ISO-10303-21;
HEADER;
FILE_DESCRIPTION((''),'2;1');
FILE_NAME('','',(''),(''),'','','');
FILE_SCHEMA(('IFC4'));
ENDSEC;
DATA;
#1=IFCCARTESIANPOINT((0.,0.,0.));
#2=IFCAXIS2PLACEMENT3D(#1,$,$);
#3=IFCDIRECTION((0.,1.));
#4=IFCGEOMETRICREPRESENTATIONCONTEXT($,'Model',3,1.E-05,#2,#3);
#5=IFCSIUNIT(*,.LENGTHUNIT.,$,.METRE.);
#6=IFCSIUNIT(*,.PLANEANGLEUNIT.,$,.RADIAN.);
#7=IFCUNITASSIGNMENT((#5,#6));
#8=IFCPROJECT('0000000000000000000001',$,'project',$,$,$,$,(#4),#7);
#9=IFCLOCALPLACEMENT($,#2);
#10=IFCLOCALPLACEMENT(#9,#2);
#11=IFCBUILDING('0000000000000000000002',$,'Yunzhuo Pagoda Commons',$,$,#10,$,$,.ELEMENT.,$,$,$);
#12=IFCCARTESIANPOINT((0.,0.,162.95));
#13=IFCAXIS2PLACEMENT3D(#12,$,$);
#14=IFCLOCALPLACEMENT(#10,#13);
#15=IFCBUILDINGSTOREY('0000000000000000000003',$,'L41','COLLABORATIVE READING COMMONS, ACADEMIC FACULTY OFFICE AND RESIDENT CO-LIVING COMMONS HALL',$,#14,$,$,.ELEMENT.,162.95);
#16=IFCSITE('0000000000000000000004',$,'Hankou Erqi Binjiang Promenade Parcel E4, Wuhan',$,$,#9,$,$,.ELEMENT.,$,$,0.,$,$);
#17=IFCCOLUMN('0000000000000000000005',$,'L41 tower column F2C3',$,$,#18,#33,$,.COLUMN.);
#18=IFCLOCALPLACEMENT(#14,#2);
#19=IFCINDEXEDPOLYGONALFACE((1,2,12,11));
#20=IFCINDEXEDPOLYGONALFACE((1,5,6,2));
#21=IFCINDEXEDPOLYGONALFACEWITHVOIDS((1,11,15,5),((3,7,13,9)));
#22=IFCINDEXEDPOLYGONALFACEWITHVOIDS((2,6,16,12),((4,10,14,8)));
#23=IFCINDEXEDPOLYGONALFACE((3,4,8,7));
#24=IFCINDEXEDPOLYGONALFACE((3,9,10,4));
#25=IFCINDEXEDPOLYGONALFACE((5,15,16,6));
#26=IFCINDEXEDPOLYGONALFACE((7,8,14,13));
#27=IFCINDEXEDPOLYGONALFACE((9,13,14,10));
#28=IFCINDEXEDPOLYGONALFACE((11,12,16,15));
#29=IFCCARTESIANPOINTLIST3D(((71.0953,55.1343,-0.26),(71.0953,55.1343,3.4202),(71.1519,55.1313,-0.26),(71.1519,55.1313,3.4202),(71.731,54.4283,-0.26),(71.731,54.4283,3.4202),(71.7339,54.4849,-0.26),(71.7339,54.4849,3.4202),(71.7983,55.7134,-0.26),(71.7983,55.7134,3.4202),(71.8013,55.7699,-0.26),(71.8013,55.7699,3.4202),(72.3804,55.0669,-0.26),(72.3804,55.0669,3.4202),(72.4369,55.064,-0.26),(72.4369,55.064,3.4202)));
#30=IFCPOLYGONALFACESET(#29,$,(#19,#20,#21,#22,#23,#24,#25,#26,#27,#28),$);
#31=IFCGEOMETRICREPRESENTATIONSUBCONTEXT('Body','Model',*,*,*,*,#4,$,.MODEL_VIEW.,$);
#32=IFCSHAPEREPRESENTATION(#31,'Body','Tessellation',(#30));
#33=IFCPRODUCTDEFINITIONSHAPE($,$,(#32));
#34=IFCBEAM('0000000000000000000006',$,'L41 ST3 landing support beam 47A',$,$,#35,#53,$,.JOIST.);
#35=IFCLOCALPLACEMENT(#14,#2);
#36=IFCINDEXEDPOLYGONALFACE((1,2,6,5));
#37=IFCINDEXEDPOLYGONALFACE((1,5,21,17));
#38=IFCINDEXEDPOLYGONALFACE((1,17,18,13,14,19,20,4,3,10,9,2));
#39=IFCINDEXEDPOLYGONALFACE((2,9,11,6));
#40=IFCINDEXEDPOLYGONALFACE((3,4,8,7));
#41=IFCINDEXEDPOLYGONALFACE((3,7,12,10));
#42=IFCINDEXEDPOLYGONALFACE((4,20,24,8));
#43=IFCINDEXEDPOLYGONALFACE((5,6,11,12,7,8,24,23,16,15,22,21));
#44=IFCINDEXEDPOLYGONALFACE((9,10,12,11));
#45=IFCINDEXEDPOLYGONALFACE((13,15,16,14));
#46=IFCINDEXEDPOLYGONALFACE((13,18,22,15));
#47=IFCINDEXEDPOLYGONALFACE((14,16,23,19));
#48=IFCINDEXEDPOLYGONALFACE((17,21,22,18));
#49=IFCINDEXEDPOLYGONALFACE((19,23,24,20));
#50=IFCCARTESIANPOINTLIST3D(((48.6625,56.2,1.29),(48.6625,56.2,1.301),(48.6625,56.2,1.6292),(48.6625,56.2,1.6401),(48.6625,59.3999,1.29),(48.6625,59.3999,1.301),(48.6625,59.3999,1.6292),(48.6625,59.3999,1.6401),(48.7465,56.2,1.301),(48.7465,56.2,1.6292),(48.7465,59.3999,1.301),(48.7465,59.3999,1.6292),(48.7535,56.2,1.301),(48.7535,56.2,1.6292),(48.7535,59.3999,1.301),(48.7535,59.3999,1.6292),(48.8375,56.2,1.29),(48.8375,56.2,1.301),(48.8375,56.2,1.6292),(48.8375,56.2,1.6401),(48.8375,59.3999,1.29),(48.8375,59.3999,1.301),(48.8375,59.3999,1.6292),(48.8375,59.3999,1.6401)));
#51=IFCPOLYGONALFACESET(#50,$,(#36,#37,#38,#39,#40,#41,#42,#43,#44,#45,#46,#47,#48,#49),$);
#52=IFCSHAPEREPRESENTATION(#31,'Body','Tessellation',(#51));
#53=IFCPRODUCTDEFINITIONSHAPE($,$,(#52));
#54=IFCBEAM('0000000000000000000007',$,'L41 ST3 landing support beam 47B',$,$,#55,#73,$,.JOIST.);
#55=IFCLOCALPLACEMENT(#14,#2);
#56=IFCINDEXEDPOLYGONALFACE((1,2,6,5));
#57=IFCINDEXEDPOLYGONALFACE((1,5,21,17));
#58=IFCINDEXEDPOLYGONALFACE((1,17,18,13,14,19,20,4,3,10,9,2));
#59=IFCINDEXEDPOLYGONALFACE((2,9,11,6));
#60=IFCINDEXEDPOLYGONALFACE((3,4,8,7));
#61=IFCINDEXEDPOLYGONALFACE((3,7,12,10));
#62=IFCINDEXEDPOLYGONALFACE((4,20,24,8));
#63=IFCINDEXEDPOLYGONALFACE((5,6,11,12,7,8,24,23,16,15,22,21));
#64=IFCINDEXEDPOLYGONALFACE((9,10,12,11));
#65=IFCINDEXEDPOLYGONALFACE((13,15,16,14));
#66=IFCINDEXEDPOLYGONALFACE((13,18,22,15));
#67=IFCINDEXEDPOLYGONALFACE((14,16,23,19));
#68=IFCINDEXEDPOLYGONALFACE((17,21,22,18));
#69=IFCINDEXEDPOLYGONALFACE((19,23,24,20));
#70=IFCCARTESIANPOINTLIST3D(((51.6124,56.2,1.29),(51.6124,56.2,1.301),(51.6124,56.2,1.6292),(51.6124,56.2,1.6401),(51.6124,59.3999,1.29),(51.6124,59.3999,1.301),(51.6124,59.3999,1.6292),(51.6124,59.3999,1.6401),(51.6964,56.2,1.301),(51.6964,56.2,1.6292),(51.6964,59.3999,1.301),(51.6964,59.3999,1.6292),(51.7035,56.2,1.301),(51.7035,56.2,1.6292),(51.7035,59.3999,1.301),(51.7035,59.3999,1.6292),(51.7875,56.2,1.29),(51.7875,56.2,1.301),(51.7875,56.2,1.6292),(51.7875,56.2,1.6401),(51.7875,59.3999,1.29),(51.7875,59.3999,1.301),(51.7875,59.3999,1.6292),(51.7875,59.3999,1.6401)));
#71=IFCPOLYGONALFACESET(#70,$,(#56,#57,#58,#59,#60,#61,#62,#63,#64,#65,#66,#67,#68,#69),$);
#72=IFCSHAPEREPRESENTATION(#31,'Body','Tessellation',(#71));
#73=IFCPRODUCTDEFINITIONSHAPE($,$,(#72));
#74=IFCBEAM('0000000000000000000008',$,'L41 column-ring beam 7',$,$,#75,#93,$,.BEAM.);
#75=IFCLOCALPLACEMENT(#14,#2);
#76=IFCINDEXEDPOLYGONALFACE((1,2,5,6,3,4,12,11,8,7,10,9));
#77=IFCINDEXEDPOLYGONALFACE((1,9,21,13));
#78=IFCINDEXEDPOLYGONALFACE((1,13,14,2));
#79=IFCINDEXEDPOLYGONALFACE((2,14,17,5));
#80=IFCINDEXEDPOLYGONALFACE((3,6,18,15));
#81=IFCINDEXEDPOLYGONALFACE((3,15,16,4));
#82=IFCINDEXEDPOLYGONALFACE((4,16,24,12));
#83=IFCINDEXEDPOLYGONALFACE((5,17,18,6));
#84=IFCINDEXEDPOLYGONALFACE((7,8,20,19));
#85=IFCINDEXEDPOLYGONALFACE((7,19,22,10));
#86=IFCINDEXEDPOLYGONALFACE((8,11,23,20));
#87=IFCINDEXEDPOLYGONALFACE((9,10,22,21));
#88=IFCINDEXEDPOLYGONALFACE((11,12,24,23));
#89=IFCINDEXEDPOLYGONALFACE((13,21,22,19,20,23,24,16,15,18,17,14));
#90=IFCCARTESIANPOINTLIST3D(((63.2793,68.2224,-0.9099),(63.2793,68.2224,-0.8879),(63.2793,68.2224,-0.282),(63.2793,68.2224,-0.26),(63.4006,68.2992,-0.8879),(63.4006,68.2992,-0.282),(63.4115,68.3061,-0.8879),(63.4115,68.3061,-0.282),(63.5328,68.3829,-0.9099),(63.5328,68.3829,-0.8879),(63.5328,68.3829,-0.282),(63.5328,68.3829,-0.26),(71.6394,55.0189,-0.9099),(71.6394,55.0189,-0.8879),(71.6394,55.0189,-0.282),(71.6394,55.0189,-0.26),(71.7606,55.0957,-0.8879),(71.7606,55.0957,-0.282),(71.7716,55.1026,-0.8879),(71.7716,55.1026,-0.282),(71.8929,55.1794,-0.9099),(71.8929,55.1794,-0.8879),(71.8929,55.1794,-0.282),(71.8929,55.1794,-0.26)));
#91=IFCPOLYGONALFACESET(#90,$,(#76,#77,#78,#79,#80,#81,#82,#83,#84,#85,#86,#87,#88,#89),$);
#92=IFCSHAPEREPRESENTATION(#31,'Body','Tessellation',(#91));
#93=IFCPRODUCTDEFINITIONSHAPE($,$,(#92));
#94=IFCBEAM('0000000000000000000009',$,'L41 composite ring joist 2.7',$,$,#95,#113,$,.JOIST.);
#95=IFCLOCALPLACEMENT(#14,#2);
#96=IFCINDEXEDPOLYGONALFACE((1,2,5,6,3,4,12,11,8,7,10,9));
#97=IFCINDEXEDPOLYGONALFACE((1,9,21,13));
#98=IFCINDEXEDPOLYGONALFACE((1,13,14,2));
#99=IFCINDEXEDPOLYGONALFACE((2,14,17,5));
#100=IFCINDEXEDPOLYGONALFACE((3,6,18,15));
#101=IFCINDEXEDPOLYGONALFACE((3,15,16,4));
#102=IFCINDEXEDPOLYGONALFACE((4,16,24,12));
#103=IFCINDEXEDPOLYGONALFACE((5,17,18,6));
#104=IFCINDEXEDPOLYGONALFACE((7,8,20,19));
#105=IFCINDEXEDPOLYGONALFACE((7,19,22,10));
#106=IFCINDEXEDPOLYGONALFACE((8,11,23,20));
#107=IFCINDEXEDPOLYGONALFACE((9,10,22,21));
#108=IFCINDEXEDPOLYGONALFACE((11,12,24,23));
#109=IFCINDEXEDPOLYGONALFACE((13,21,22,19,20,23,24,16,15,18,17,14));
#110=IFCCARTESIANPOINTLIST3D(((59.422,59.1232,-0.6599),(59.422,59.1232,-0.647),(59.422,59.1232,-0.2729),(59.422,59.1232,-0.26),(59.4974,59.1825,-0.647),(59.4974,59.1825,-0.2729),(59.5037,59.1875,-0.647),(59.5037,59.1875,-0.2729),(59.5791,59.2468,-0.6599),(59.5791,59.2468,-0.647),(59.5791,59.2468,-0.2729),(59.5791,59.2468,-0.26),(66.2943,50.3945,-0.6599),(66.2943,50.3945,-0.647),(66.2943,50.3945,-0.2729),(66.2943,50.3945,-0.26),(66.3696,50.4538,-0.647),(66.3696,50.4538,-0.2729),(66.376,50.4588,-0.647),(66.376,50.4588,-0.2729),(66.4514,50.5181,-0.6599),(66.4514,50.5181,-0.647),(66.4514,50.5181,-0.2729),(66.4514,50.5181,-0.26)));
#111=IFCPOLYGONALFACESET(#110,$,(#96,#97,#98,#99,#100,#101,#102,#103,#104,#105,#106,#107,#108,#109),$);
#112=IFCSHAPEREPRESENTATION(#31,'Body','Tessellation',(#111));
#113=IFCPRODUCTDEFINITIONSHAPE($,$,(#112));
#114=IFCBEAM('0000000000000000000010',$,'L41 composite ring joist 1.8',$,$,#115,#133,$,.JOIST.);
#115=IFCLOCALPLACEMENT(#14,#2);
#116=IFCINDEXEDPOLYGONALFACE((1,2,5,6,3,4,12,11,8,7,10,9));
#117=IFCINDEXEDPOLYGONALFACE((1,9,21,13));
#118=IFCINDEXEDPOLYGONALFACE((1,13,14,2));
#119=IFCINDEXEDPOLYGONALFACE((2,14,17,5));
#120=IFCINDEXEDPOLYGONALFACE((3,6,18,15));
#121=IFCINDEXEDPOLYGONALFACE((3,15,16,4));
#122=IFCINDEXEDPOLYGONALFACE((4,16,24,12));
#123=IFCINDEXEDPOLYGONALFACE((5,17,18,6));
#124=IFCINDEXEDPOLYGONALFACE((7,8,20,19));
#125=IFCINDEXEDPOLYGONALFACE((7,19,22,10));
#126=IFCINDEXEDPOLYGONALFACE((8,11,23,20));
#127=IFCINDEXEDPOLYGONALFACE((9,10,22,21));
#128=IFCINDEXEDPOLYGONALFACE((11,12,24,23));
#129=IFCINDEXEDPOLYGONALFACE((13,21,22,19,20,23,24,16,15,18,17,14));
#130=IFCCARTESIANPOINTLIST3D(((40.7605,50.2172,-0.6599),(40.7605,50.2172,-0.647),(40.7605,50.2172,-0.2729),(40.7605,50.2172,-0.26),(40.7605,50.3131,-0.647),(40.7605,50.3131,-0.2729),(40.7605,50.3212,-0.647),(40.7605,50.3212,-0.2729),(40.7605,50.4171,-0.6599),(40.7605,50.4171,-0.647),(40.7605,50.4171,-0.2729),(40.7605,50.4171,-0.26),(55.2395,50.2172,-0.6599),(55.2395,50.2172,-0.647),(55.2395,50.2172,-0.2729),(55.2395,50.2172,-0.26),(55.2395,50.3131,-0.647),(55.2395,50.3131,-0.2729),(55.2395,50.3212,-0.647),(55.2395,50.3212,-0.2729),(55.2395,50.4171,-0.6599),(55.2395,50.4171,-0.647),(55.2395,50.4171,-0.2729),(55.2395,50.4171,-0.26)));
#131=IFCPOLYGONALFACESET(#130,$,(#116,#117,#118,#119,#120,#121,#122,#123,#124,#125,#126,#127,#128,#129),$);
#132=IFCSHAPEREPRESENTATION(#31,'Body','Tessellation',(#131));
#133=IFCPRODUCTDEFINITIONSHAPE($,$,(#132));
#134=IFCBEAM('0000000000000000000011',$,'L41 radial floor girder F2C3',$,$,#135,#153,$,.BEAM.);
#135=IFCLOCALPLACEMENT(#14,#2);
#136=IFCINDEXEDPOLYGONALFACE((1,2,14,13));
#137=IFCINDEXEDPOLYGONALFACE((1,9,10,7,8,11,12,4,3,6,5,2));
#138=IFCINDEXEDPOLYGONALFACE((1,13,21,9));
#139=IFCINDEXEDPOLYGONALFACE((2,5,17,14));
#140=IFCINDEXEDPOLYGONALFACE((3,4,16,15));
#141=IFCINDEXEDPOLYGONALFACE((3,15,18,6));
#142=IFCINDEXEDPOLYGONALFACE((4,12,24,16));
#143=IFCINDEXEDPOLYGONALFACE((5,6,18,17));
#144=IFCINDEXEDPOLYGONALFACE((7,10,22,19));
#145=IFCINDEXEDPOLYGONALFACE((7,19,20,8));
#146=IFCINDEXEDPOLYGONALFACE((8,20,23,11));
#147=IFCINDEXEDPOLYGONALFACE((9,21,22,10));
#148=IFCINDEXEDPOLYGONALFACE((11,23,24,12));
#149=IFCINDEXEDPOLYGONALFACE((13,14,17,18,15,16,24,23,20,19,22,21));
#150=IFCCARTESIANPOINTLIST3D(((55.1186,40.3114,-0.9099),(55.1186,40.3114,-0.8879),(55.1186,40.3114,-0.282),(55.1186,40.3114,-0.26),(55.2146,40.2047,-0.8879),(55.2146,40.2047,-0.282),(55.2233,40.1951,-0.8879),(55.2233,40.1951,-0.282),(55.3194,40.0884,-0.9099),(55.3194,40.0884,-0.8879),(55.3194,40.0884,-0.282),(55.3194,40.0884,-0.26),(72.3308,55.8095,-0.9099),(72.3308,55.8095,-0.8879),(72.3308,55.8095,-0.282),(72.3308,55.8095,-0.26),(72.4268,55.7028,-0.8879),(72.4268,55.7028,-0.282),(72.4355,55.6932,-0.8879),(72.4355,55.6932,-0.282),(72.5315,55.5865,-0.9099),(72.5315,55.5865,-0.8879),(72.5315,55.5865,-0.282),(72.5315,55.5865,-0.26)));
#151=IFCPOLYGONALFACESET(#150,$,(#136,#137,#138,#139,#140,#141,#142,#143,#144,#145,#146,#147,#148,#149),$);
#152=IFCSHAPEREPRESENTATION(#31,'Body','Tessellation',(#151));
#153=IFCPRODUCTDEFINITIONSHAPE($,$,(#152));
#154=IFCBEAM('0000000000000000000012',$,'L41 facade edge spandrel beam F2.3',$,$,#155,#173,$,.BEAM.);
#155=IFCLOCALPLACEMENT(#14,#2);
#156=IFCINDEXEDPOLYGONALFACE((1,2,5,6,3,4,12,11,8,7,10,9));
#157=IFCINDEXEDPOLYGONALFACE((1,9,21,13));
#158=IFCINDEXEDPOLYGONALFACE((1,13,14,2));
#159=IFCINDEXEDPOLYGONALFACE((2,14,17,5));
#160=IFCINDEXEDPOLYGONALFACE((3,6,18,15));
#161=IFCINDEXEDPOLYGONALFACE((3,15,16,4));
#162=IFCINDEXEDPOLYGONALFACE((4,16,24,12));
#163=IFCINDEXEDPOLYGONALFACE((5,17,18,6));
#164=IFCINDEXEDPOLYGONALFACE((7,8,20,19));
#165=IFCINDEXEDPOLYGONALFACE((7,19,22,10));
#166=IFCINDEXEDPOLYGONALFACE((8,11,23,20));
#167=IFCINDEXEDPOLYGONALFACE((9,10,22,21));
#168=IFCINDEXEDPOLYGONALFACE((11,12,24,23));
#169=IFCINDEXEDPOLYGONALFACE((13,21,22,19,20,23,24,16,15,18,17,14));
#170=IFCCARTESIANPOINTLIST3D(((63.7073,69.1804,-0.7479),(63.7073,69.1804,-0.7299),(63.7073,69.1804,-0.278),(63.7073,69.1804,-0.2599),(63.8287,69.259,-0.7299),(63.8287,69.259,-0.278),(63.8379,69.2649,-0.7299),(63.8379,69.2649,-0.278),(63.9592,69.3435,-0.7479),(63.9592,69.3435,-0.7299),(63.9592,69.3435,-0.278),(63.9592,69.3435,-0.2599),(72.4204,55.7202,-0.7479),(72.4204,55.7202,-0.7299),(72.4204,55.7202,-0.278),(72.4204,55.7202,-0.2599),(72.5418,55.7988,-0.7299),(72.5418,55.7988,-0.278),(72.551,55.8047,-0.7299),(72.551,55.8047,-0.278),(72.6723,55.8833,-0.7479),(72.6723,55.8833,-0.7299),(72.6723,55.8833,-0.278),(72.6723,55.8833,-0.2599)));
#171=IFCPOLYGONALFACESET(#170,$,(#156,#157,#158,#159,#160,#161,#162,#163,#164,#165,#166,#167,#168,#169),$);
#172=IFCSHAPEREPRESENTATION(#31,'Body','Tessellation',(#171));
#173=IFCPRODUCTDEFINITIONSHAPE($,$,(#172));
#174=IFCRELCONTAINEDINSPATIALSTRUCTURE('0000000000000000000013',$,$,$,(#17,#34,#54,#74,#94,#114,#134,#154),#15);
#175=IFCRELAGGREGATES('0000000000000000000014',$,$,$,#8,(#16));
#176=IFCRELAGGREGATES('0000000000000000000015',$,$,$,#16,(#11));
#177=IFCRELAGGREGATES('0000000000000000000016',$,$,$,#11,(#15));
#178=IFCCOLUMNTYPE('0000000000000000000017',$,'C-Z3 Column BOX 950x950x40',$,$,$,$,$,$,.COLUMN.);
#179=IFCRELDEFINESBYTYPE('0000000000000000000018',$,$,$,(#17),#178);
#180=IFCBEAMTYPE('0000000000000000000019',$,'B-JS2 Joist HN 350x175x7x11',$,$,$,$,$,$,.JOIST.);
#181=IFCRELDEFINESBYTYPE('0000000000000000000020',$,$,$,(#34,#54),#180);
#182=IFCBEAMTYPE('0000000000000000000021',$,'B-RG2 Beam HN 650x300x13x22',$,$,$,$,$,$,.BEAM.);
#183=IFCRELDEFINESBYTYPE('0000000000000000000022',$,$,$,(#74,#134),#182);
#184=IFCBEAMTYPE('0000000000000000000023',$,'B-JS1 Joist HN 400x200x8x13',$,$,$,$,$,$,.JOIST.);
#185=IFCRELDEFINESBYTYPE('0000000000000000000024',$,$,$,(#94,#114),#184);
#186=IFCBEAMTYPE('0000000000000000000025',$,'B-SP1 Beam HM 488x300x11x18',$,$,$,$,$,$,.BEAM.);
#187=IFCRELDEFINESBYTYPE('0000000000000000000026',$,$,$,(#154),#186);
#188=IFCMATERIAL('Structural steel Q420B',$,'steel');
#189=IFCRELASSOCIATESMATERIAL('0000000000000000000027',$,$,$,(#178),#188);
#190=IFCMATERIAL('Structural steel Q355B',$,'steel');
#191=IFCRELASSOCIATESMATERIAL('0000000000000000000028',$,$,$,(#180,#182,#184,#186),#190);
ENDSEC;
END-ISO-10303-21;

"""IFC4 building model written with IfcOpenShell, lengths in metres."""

from ifc_helpers import new_model, si_unit, direction, frame, origin, origin_2d, place, context, subcontext, project, spatial, hollow_rectangle, i_section, extrude, source, transform, mapped, material, material_profile, profile_set, type_object, element, save


model = new_model("IFC4")

# Units and contexts
model_context = context("Model", 3, precision=1e-05, world=origin(), true_north=direction((0.0, 1.0)))
body_context = subcontext(model_context, "Body", "Model", "MODEL_VIEW")
ifc_project = project(units=[si_unit("LENGTHUNIT", "METRE"), si_unit("PLANEANGLEUNIT", "RADIAN")], contexts=[model_context])

# Site, building, storey
site_placement = place(None, origin())
site = spatial("IfcSite", under=ifc_project, at=site_placement, Name="Hankou Erqi Binjiang Promenade Parcel E4, Wuhan", CompositionType="ELEMENT", RefElevation=0.0)
building_placement = place(site_placement, origin())
building = spatial("IfcBuilding", under=site, at=building_placement, Name="Yunzhuo Pagoda Commons", CompositionType="ELEMENT")
storey_placement = place(building_placement, frame((0.0, 0.0, 162.95)))
storey = spatial("IfcBuildingStorey", under=building, at=storey_placement, Name="L41", Description="COLLABORATIVE READING COMMONS, ACADEMIC FACULTY OFFICE AND RESIDENT CO-LIVING COMMONS HALL", CompositionType="ELEMENT", Elevation=162.95)

# Column
ifc_material_1 = material(Name="Structural steel Q420B", Category="steel")
ifc_material_profile_1 = material_profile(ifc_material_1, hollow_rectangle(XDim=0.95, YDim=0.95, WallThickness=0.04, at=origin_2d()), Name="Structural steel Q420B")
ifc_profile_set_1 = profile_set([ifc_material_profile_1], Name="Structural steel Q420B")
column_type = type_object("IfcColumnType", Name="C-Z3 Column BOX 950x950x40", PredefinedType="COLUMN", material=ifc_profile_set_1)
shared_shape_1 = source(origin(), body_context, "Body", "SweptSolid", [
    extrude(hollow_rectangle(XDim=0.95, YDim=0.95, WallThickness=0.04, at=origin_2d()), origin(), (0.0, 0.0, 1.0), 3.6802),
])
column_placement = place(storey_placement, frame((71.7661, 55.0991, -0.26), z_axis=(0.0, 0.0, 1.0), x_axis=(-0.669131, 0.743145, 0.0)))
element("IfcColumn", 1, at=column_placement, inside=storey, type_object=column_type, Name="L41 tower column F2C3", PredefinedType="COLUMN", context=body_context, shape_type="MappedRepresentation", body=[
    mapped(shared_shape_1, transform((0.0, 0.0, 0.0), scale=1.0)),
])

# Beams
ifc_material_2 = material(Name="Structural steel Q355B", Category="steel")
ifc_material_profile_2 = material_profile(ifc_material_2, i_section(OverallWidth=0.175, OverallDepth=0.3501, WebThickness=0.0071, FlangeThickness=0.011, at=origin_2d()), Name="Structural steel Q355B")
ifc_profile_set_2 = profile_set([ifc_material_profile_2], Name="Structural steel Q355B")
beam_type_1 = type_object("IfcBeamType", Name="B-JS2 Joist HN 350x175x7x11", PredefinedType="JOIST", material=ifc_profile_set_2)
shared_shape_2 = source(origin(), body_context, "Body", "SweptSolid", [
    extrude(i_section(OverallWidth=0.175, OverallDepth=0.3501, WebThickness=0.0071, FlangeThickness=0.011, at=origin_2d()), origin(), (0.0, 0.0, 1.0), 3.2),
])
for number, where, z_axis, x_axis, name in (
    (2, (48.75, 56.2, 1.4651), (0.0, 1.0, 0.0), (-1.0, 0.0, 0.0), "L41 ST3 landing support beam 47A"),
    (3, (51.7, 56.2, 1.4651), (0.0, 1.0, 0.0), (-1.0, 0.0, 0.0), "L41 ST3 landing support beam 47B"),
):
    element("IfcBeam", number, at=place(storey_placement, frame(where, z_axis=z_axis, x_axis=x_axis)), inside=storey, type_object=beam_type_1, Name=name, PredefinedType="JOIST", context=body_context, shape_type="MappedRepresentation", body=[
        mapped(shared_shape_2, transform((0.0, 0.0, 0.0), scale=1.0)),
    ])
ifc_material_profile_3 = material_profile(ifc_material_2, i_section(OverallWidth=0.3, OverallDepth=0.6499, WebThickness=0.0129, FlangeThickness=0.022, at=origin_2d()), Name="Structural steel Q355B")
ifc_profile_set_3 = profile_set([ifc_material_profile_3], Name="Structural steel Q355B")
beam_type_2 = type_object("IfcBeamType", Name="B-RG2 Beam HN 650x300x13x22", PredefinedType="BEAM", material=ifc_profile_set_3)
shared_shape_3 = source(origin(), body_context, "Body", "SweptSolid", [
    extrude(i_section(OverallWidth=0.3, OverallDepth=0.6499, WebThickness=0.0129, FlangeThickness=0.022, at=origin_2d()), origin(), (0.0, 0.0, 1.0), 15.6277),
])
beam_1_placement = place(storey_placement, frame((71.7661, 55.0991, -0.585), z_axis=(-0.534952, 0.844882, 0.0), x_axis=(-0.844882, -0.534952, 0.0)))
element("IfcBeam", 4, at=beam_1_placement, inside=storey, type_object=beam_type_2, Name="L41 column-ring beam 7", PredefinedType="BEAM", context=body_context, shape_type="MappedRepresentation", body=[
    mapped(shared_shape_3, transform((0.0, 0.0, 0.0), scale=1.0)),
])
ifc_material_profile_4 = material_profile(ifc_material_2, i_section(OverallWidth=0.2, OverallDepth=0.3999, WebThickness=0.0081, FlangeThickness=0.0129, at=origin_2d()), Name="Structural steel Q355B")
ifc_profile_set_4 = profile_set([ifc_material_profile_4], Name="Structural steel Q355B")
beam_type_3 = type_object("IfcBeamType", Name="B-JS1 Joist HN 400x200x8x13", PredefinedType="JOIST", material=ifc_profile_set_4)
shared_shape_4 = source(origin(), body_context, "Body", "SweptSolid", [
    extrude(i_section(OverallWidth=0.2, OverallDepth=0.3999, WebThickness=0.0081, FlangeThickness=0.0129, at=origin_2d()), origin(), (0.0, 0.0, 1.0), 11.1094),
])
beam_2_placement = place(storey_placement, frame((66.3728, 50.4563, -0.46), z_axis=(-0.618601, 0.785706, 0.0), x_axis=(-0.785706, -0.618601, 0.0)))
element("IfcBeam", 5, at=beam_2_placement, inside=storey, type_object=beam_type_3, Name="L41 composite ring joist 2.7", PredefinedType="JOIST", context=body_context, shape_type="MappedRepresentation", body=[
    mapped(shared_shape_4, transform((0.0, 0.0, 0.0), scale=1.0)),
])
shared_shape_5 = source(origin(), body_context, "Body", "SweptSolid", [
    extrude(i_section(OverallWidth=0.2, OverallDepth=0.3999, WebThickness=0.0081, FlangeThickness=0.0129, at=origin_2d()), origin(), (0.0, 0.0, 1.0), 14.479),
])
beam_3_placement = place(storey_placement, frame((55.2395, 50.3171, -0.46), z_axis=(-1.0, 0.0, 0.0), x_axis=(0.0, -1.0, 0.0)))
element("IfcBeam", 6, at=beam_3_placement, inside=storey, type_object=beam_type_3, Name="L41 composite ring joist 1.8", PredefinedType="JOIST", context=body_context, shape_type="MappedRepresentation", body=[
    mapped(shared_shape_5, transform((0.0, 0.0, 0.0), scale=1.0)),
])
shared_shape_6 = source(origin(), body_context, "Body", "SweptSolid", [
    extrude(i_section(OverallWidth=0.3, OverallDepth=0.6499, WebThickness=0.0129, FlangeThickness=0.022, at=origin_2d()), origin(), (0.0, 0.0, 1.0), 23.1614),
])
beam_4_placement = place(storey_placement, frame((72.4312, 55.698, -0.585), z_axis=(-0.743142, -0.669134, 0.0), x_axis=(0.669134, -0.743142, 0.0)))
element("IfcBeam", 7, at=beam_4_placement, inside=storey, type_object=beam_type_2, Name="L41 radial floor girder F2C3", PredefinedType="BEAM", context=body_context, shape_type="MappedRepresentation", body=[
    mapped(shared_shape_6, transform((0.0, 0.0, 0.0), scale=1.0)),
])
ifc_material_profile_5 = material_profile(ifc_material_2, i_section(OverallWidth=0.3, OverallDepth=0.488, WebThickness=0.011, FlangeThickness=0.0181, at=origin_2d()), Name="Structural steel Q355B")
ifc_profile_set_5 = profile_set([ifc_material_profile_5], Name="Structural steel Q355B")
beam_type_4 = type_object("IfcBeamType", Name="B-SP1 Beam HM 488x300x11x18", PredefinedType="BEAM", material=ifc_profile_set_5)
shared_shape_7 = source(origin(), body_context, "Body", "SweptSolid", [
    extrude(i_section(OverallWidth=0.3, OverallDepth=0.488, WebThickness=0.011, FlangeThickness=0.0181, at=origin_2d()), origin(), (0.0, 0.0, 1.0), 16.0342),
])
beam_5_placement = place(storey_placement, frame((72.5464, 55.8018, -0.5039), z_axis=(-0.543409, 0.839468, 0.0), x_axis=(-0.839468, -0.543409, 0.0)))
element("IfcBeam", 8, at=beam_5_placement, inside=storey, type_object=beam_type_4, Name="L41 facade edge spandrel beam F2.3", PredefinedType="BEAM", context=body_context, shape_type="MappedRepresentation", body=[
    mapped(shared_shape_7, transform((0.0, 0.0, 0.0), scale=1.0)),
])

save(model, "model.ifc")
